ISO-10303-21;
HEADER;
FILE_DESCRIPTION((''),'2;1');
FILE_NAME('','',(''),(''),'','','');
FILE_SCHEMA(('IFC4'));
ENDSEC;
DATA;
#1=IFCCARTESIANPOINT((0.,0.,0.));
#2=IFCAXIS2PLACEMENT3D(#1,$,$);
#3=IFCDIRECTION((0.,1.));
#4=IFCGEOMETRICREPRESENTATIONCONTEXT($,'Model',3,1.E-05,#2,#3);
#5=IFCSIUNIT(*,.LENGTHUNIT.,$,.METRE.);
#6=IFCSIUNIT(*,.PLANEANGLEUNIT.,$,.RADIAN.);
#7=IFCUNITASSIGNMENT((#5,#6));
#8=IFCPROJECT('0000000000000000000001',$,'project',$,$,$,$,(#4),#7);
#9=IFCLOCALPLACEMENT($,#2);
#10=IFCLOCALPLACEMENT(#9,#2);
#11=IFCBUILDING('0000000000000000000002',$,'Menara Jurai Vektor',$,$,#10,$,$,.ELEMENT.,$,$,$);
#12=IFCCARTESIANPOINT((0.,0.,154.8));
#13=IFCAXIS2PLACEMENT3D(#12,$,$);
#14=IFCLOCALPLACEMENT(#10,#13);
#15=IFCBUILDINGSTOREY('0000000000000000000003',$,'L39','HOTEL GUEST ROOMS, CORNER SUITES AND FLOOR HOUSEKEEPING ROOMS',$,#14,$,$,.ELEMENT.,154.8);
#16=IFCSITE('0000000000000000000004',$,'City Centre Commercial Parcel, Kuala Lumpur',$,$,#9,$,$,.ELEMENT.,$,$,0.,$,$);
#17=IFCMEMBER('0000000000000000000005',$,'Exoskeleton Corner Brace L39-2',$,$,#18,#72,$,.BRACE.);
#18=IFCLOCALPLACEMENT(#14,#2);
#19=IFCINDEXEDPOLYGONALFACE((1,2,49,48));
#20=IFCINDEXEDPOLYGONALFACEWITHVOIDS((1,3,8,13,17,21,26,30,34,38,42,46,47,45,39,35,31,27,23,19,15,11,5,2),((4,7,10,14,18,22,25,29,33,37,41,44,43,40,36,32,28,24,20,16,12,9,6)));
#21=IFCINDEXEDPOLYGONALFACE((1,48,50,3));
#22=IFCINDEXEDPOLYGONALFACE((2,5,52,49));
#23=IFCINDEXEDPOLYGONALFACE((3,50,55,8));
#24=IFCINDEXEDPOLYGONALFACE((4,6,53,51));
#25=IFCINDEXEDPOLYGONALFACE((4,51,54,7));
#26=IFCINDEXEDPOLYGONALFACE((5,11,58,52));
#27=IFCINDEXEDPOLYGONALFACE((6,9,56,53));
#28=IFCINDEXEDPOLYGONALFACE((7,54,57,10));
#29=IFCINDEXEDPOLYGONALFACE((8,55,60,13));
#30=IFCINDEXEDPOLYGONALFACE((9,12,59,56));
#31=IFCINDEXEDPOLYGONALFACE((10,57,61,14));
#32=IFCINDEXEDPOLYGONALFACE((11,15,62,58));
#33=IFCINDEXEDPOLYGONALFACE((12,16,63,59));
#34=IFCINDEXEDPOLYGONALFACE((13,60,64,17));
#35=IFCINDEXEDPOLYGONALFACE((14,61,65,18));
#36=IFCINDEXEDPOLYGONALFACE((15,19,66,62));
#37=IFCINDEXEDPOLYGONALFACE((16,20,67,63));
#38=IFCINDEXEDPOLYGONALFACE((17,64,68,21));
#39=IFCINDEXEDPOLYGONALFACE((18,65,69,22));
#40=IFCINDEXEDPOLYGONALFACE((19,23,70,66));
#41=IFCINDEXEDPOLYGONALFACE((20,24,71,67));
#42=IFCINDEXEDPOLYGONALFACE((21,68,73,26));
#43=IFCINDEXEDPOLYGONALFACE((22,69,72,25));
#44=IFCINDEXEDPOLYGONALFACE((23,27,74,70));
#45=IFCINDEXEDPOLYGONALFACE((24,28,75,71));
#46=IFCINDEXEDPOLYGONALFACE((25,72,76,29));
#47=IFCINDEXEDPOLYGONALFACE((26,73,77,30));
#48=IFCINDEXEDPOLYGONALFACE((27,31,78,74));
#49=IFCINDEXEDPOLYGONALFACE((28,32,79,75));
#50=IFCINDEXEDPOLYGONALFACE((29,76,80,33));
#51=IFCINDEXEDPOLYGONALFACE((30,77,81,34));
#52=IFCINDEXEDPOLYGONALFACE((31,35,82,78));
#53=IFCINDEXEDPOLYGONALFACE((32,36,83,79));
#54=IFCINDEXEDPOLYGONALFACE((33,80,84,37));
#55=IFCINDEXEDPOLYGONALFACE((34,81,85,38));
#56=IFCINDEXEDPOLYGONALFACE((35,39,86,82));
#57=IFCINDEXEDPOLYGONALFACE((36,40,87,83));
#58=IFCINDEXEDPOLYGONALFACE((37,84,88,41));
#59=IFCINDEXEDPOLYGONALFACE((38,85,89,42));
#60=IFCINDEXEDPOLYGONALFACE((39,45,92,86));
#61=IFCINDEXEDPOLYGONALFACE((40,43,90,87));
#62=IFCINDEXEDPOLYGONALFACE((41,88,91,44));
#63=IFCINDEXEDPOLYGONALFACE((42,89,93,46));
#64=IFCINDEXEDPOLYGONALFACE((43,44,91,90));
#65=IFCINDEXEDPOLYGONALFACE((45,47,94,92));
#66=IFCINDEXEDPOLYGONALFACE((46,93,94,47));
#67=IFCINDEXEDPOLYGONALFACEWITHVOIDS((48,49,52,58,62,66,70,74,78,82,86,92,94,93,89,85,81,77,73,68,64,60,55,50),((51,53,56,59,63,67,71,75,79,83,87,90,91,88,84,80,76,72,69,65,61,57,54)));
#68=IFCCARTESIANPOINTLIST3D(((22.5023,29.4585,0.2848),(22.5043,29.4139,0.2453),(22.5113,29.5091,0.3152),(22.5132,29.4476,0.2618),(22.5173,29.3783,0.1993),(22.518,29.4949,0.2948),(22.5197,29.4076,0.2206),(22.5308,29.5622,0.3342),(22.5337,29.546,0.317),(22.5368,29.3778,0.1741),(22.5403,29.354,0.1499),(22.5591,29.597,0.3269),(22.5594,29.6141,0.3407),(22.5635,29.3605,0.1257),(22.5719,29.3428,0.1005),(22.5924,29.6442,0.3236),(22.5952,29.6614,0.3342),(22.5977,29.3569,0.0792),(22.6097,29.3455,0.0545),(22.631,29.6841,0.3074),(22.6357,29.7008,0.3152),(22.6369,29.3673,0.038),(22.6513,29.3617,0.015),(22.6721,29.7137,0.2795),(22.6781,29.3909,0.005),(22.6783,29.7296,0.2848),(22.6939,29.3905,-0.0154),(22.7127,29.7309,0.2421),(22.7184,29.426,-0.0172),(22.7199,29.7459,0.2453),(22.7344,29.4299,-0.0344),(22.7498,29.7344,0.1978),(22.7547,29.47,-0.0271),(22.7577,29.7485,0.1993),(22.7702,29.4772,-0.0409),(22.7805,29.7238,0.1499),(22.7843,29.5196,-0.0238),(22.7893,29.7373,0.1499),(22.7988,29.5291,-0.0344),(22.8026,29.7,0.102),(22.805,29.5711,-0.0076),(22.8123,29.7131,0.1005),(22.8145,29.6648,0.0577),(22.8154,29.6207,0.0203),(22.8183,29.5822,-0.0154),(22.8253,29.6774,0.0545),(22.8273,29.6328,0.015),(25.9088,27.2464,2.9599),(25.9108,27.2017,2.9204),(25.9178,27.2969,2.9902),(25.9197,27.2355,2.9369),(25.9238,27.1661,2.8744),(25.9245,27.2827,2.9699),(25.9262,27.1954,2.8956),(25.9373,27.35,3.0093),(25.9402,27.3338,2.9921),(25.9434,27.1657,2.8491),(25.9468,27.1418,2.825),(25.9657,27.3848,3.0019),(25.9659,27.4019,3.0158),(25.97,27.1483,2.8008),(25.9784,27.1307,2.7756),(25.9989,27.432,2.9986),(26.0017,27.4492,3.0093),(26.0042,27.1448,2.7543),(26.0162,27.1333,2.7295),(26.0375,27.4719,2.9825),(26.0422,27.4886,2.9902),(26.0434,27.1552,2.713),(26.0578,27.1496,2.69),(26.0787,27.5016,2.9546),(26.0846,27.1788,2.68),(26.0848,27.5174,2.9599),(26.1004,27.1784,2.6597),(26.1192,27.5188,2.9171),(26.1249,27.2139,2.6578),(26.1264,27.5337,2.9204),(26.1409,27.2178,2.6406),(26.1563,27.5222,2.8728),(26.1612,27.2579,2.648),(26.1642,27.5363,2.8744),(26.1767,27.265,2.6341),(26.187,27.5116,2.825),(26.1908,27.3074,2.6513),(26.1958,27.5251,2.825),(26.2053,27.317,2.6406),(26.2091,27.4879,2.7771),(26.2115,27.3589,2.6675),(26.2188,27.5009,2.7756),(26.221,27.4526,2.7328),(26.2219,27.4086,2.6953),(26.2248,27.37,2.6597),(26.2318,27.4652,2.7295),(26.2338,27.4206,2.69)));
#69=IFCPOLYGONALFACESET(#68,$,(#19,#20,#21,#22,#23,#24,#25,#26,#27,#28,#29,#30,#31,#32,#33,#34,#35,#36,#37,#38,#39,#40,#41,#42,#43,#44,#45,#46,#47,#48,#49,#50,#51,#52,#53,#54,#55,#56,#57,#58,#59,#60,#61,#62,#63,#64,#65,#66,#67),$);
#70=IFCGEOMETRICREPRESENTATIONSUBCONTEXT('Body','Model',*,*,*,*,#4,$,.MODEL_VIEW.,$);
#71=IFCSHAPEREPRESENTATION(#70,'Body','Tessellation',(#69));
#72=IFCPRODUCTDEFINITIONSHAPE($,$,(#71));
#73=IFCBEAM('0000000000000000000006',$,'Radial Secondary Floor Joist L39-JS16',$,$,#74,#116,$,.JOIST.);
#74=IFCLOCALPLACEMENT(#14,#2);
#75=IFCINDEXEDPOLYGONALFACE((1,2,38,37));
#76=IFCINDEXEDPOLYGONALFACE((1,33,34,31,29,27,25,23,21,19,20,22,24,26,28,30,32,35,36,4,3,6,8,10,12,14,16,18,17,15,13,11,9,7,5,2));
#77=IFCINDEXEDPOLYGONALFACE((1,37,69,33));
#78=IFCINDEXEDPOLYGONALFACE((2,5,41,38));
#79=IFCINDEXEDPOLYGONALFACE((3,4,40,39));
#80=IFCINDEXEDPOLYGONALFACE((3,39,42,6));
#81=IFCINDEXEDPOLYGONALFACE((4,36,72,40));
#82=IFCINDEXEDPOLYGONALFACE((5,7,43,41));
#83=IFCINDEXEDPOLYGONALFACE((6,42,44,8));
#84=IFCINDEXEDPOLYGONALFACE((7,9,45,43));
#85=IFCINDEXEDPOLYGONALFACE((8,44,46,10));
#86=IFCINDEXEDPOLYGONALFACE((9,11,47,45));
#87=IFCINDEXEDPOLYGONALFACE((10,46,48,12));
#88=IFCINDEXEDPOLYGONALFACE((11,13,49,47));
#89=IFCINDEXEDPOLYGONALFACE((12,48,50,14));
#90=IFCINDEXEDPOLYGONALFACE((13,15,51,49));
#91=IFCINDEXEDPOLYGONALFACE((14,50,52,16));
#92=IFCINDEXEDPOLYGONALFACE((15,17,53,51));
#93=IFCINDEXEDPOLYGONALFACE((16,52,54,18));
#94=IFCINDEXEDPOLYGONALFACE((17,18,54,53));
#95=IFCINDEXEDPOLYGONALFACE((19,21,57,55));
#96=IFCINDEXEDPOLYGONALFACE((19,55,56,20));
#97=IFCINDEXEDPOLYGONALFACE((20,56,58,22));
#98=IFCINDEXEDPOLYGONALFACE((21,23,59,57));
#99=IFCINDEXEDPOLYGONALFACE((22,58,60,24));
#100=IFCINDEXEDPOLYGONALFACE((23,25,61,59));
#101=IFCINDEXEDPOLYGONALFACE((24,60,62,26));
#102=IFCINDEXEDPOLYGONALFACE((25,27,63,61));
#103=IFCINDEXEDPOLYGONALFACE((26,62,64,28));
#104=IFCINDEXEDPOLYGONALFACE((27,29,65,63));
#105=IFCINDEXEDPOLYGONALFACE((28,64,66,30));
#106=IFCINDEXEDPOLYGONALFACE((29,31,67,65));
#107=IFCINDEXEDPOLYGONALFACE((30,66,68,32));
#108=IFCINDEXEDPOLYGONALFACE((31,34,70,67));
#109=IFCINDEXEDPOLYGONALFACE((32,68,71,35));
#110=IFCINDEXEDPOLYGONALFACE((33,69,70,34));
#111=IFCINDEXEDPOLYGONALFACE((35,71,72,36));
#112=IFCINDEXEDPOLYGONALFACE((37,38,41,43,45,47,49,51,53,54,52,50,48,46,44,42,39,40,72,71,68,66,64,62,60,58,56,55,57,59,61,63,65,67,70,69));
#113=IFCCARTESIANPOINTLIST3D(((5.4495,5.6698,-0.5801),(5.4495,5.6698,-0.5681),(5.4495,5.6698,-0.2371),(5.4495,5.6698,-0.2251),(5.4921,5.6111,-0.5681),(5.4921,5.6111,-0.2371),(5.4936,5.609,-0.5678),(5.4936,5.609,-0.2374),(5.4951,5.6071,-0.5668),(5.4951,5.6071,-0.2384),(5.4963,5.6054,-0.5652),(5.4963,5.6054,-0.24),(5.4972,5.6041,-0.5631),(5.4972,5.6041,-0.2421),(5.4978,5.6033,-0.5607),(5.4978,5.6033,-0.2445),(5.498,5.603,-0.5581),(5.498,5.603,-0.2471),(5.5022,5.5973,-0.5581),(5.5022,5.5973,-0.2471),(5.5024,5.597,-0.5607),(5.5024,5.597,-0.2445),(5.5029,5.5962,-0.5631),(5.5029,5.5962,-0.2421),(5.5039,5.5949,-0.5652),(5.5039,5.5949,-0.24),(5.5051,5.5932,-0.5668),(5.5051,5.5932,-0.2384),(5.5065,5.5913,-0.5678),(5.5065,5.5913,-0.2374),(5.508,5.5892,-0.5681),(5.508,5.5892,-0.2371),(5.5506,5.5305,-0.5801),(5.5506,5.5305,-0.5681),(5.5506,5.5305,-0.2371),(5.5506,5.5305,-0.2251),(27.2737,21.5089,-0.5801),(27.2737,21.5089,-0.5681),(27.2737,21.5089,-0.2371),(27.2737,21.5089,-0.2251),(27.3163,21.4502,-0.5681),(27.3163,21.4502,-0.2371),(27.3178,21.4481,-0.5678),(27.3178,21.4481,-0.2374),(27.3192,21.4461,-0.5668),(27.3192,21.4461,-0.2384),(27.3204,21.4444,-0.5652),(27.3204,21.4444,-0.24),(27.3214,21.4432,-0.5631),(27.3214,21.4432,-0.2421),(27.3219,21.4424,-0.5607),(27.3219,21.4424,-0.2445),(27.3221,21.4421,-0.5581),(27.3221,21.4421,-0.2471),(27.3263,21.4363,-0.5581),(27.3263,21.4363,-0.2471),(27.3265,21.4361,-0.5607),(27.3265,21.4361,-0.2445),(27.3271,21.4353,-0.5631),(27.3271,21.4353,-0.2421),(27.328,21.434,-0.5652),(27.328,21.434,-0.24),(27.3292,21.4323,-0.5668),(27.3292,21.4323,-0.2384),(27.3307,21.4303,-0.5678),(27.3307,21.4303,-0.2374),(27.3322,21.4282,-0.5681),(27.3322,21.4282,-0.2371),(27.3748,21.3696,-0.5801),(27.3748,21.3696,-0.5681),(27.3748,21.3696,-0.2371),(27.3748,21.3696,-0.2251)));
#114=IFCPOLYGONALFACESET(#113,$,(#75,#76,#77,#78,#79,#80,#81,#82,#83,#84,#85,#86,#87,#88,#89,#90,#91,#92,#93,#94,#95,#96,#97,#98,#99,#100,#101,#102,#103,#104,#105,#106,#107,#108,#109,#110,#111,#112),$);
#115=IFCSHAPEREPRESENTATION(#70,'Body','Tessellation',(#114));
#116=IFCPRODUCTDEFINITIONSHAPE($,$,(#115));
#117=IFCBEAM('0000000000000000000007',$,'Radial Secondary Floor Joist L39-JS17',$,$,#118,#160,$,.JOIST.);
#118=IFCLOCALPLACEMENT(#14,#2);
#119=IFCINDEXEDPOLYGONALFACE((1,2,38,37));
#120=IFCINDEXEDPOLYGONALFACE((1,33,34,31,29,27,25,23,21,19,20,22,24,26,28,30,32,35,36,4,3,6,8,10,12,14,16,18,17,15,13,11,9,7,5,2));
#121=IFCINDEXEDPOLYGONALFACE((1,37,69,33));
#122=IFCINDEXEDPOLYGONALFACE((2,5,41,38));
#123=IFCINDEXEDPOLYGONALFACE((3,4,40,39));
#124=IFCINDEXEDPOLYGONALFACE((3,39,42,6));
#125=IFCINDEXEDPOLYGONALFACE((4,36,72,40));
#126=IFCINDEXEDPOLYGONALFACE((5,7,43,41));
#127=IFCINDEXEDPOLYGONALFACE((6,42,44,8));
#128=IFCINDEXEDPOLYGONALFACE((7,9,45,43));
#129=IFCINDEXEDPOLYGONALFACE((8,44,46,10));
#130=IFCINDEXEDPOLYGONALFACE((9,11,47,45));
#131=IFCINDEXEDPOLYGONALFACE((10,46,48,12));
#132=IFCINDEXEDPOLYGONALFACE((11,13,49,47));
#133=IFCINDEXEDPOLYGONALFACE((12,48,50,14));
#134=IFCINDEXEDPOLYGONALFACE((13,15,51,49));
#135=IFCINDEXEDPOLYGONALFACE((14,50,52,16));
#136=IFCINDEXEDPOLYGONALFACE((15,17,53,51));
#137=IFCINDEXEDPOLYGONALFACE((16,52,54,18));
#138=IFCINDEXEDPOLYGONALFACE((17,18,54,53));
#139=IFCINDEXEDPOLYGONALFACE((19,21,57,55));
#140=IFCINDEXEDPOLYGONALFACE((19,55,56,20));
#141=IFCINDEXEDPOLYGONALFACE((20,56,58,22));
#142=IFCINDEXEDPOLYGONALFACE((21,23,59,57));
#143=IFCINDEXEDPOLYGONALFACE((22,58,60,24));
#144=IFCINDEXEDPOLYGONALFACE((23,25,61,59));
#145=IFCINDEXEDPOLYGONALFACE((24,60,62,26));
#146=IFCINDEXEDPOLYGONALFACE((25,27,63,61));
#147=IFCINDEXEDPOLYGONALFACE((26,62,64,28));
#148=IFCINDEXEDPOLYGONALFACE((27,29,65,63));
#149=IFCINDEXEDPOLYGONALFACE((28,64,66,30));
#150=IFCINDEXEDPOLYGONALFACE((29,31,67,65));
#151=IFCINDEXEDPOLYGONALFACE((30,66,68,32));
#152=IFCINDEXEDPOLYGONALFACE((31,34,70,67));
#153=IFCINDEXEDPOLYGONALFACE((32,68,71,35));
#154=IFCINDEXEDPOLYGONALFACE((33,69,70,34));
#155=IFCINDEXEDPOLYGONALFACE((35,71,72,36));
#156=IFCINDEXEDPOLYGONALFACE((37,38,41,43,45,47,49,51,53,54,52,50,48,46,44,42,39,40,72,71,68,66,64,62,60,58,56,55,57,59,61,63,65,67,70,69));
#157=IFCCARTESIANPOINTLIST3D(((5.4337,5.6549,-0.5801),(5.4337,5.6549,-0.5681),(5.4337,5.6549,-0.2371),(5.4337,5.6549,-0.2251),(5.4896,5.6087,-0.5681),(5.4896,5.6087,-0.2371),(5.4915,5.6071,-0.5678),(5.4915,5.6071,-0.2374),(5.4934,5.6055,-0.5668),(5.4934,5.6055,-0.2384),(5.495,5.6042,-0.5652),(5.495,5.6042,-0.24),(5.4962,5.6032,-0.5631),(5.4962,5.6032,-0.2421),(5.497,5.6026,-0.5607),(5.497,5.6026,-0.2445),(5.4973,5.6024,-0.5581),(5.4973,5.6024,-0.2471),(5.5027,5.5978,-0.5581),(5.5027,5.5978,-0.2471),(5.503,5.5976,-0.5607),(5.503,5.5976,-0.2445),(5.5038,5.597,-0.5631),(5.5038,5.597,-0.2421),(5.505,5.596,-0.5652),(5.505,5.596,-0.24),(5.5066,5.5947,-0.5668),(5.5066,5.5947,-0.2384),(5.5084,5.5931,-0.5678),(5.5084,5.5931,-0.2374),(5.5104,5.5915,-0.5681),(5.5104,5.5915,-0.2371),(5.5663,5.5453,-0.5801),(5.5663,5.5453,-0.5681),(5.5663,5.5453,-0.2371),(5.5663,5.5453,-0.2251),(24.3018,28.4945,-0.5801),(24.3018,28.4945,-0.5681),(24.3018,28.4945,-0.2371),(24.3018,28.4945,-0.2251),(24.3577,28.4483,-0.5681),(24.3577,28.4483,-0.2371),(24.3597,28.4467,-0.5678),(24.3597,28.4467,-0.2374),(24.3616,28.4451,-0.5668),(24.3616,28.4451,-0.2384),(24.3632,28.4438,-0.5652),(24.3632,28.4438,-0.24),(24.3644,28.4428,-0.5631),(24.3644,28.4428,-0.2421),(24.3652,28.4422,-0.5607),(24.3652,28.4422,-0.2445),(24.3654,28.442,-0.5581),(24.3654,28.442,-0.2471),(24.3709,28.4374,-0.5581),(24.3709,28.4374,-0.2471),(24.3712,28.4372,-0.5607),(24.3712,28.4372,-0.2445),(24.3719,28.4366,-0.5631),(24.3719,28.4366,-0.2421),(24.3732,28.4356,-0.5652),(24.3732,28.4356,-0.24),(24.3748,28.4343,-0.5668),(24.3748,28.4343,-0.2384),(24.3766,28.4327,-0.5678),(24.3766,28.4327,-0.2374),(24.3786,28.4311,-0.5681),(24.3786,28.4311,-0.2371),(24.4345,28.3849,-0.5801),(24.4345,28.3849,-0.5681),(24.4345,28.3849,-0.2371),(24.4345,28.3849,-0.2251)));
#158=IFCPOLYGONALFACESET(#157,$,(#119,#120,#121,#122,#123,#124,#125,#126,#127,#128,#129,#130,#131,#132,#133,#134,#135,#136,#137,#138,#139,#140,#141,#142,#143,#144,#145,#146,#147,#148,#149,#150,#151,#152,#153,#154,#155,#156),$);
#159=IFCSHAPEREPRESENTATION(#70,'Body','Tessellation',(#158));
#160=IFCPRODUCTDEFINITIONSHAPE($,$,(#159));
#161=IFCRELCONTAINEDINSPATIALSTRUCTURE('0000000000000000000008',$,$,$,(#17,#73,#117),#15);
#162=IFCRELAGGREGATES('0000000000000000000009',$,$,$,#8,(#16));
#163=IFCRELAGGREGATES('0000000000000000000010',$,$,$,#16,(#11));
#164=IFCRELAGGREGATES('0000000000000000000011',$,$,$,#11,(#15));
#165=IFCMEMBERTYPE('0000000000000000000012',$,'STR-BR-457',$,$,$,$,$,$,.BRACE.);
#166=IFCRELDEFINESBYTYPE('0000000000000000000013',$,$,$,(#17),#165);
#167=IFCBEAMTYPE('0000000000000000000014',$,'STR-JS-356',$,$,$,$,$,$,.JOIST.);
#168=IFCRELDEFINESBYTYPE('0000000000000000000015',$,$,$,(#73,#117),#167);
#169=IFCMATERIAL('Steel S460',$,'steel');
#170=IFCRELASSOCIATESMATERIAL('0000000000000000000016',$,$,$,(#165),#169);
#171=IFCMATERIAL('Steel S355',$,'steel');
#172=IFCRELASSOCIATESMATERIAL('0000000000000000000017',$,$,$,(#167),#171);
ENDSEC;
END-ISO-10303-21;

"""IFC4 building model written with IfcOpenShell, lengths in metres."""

from ifc_helpers import new_model, si_unit, direction, frame, origin, origin_2d, place, context, subcontext, project, spatial, hollow_circle, i_section, extrude, material, material_profile, profile_set, type_object, element, save


model = new_model("IFC4")

# Units and contexts
model_context = context("Model", 3, precision=1e-05, world=origin(), true_north=direction((0.0, 1.0)))
body_context = subcontext(model_context, "Body", "Model", "MODEL_VIEW")
ifc_project = project(units=[si_unit("LENGTHUNIT", "METRE"), si_unit("PLANEANGLEUNIT", "RADIAN")], contexts=[model_context])

# Site, building, storey
site_placement = place(None, origin())
site = spatial("IfcSite", under=ifc_project, at=site_placement, Name="City Centre Commercial Parcel, Kuala Lumpur", CompositionType="ELEMENT", RefElevation=0.0)
building_placement = place(site_placement, origin())
building = spatial("IfcBuilding", under=site, at=building_placement, Name="Menara Jurai Vektor", CompositionType="ELEMENT")
storey_placement = place(building_placement, frame((0.0, 0.0, 154.8)))
storey = spatial("IfcBuildingStorey", under=building, at=storey_placement, Name="L39", Description="HOTEL GUEST ROOMS, CORNER SUITES AND FLOOR HOUSEKEEPING ROOMS", CompositionType="ELEMENT", Elevation=154.8)

# Shared definitions
ifc_material_1 = material(Name="Steel S460", Category="steel")

# Shared definitions
ifc_material_2 = material(Name="Steel S355", Category="steel")

# Member
ifc_material_profile_1 = material_profile(ifc_material_1, hollow_circle(Radius=0.2285, WallThickness=0.0161, at=origin_2d()), Name="CHS 457x16")
ifc_profile_set_1 = profile_set([ifc_material_profile_1], Name="Steel S460")
member_type_1 = type_object("IfcMemberType", Name="STR-BR-457", PredefinedType="BRACE", material=ifc_profile_set_1)
member_1_placement = place(storey_placement, frame((22.6648, 29.5457, 0.1499), z_axis=(0.700419, -0.454848, 0.550024), x_axis=(0.544631, 0.838676, 0.0)))
element("IfcMember", 1, at=member_1_placement, inside=storey, type_object=member_type_1, Name="Exoskeleton Corner Brace L39-2", PredefinedType="BRACE", context=body_context, shape_type="SweptSolid", body=[
    extrude(hollow_circle(Radius=0.2285, WallThickness=0.0161, at=origin_2d()), origin(), (0.0, 0.0, 1.0), 4.8635),
])

# Beams
ifc_material_profile_2 = material_profile(ifc_material_2, i_section(OverallWidth=0.1721, OverallDepth=0.355, WebThickness=0.0071, FlangeThickness=0.012, FilletRadius=0.01, at=origin_2d()), Name="UKB 356x171x51")
ifc_profile_set_2 = profile_set([ifc_material_profile_2], Name="Steel S355")
beam_type_1 = type_object("IfcBeamType", Name="STR-JS-356", PredefinedType="JOIST", material=ifc_profile_set_2)
beam_1_placement = place(storey_placement, frame((27.3242, 21.4392, -0.4026), z_axis=(-0.809319, -0.58737, 0.0), x_axis=(0.58737, -0.809319, 0.0)))
element("IfcBeam", 2, at=beam_1_placement, inside=storey, type_object=beam_type_1, Name="Radial Secondary Floor Joist L39-JS16", PredefinedType="JOIST", context=body_context, shape_type="SweptSolid", body=[
    extrude(i_section(OverallWidth=0.1721, OverallDepth=0.355, WebThickness=0.0071, FlangeThickness=0.012, FilletRadius=0.01, at=origin_2d()), origin(), (0.0, 0.0, 1.0), 26.9661),
])
beam_2_placement = place(storey_placement, frame((24.3682, 28.4397, -0.4026), z_axis=(-0.636895, -0.770951, 0.0), x_axis=(0.770951, -0.636895, 0.0)))
element("IfcBeam", 3, at=beam_2_placement, inside=storey, type_object=beam_type_1, Name="Radial Secondary Floor Joist L39-JS17", PredefinedType="JOIST", context=body_context, shape_type="SweptSolid", body=[
    extrude(i_section(OverallWidth=0.1721, OverallDepth=0.355, WebThickness=0.0071, FlangeThickness=0.012, FilletRadius=0.01, at=origin_2d()), origin(), (0.0, 0.0, 1.0), 29.6252),
])

save(model, "model.ifc")
